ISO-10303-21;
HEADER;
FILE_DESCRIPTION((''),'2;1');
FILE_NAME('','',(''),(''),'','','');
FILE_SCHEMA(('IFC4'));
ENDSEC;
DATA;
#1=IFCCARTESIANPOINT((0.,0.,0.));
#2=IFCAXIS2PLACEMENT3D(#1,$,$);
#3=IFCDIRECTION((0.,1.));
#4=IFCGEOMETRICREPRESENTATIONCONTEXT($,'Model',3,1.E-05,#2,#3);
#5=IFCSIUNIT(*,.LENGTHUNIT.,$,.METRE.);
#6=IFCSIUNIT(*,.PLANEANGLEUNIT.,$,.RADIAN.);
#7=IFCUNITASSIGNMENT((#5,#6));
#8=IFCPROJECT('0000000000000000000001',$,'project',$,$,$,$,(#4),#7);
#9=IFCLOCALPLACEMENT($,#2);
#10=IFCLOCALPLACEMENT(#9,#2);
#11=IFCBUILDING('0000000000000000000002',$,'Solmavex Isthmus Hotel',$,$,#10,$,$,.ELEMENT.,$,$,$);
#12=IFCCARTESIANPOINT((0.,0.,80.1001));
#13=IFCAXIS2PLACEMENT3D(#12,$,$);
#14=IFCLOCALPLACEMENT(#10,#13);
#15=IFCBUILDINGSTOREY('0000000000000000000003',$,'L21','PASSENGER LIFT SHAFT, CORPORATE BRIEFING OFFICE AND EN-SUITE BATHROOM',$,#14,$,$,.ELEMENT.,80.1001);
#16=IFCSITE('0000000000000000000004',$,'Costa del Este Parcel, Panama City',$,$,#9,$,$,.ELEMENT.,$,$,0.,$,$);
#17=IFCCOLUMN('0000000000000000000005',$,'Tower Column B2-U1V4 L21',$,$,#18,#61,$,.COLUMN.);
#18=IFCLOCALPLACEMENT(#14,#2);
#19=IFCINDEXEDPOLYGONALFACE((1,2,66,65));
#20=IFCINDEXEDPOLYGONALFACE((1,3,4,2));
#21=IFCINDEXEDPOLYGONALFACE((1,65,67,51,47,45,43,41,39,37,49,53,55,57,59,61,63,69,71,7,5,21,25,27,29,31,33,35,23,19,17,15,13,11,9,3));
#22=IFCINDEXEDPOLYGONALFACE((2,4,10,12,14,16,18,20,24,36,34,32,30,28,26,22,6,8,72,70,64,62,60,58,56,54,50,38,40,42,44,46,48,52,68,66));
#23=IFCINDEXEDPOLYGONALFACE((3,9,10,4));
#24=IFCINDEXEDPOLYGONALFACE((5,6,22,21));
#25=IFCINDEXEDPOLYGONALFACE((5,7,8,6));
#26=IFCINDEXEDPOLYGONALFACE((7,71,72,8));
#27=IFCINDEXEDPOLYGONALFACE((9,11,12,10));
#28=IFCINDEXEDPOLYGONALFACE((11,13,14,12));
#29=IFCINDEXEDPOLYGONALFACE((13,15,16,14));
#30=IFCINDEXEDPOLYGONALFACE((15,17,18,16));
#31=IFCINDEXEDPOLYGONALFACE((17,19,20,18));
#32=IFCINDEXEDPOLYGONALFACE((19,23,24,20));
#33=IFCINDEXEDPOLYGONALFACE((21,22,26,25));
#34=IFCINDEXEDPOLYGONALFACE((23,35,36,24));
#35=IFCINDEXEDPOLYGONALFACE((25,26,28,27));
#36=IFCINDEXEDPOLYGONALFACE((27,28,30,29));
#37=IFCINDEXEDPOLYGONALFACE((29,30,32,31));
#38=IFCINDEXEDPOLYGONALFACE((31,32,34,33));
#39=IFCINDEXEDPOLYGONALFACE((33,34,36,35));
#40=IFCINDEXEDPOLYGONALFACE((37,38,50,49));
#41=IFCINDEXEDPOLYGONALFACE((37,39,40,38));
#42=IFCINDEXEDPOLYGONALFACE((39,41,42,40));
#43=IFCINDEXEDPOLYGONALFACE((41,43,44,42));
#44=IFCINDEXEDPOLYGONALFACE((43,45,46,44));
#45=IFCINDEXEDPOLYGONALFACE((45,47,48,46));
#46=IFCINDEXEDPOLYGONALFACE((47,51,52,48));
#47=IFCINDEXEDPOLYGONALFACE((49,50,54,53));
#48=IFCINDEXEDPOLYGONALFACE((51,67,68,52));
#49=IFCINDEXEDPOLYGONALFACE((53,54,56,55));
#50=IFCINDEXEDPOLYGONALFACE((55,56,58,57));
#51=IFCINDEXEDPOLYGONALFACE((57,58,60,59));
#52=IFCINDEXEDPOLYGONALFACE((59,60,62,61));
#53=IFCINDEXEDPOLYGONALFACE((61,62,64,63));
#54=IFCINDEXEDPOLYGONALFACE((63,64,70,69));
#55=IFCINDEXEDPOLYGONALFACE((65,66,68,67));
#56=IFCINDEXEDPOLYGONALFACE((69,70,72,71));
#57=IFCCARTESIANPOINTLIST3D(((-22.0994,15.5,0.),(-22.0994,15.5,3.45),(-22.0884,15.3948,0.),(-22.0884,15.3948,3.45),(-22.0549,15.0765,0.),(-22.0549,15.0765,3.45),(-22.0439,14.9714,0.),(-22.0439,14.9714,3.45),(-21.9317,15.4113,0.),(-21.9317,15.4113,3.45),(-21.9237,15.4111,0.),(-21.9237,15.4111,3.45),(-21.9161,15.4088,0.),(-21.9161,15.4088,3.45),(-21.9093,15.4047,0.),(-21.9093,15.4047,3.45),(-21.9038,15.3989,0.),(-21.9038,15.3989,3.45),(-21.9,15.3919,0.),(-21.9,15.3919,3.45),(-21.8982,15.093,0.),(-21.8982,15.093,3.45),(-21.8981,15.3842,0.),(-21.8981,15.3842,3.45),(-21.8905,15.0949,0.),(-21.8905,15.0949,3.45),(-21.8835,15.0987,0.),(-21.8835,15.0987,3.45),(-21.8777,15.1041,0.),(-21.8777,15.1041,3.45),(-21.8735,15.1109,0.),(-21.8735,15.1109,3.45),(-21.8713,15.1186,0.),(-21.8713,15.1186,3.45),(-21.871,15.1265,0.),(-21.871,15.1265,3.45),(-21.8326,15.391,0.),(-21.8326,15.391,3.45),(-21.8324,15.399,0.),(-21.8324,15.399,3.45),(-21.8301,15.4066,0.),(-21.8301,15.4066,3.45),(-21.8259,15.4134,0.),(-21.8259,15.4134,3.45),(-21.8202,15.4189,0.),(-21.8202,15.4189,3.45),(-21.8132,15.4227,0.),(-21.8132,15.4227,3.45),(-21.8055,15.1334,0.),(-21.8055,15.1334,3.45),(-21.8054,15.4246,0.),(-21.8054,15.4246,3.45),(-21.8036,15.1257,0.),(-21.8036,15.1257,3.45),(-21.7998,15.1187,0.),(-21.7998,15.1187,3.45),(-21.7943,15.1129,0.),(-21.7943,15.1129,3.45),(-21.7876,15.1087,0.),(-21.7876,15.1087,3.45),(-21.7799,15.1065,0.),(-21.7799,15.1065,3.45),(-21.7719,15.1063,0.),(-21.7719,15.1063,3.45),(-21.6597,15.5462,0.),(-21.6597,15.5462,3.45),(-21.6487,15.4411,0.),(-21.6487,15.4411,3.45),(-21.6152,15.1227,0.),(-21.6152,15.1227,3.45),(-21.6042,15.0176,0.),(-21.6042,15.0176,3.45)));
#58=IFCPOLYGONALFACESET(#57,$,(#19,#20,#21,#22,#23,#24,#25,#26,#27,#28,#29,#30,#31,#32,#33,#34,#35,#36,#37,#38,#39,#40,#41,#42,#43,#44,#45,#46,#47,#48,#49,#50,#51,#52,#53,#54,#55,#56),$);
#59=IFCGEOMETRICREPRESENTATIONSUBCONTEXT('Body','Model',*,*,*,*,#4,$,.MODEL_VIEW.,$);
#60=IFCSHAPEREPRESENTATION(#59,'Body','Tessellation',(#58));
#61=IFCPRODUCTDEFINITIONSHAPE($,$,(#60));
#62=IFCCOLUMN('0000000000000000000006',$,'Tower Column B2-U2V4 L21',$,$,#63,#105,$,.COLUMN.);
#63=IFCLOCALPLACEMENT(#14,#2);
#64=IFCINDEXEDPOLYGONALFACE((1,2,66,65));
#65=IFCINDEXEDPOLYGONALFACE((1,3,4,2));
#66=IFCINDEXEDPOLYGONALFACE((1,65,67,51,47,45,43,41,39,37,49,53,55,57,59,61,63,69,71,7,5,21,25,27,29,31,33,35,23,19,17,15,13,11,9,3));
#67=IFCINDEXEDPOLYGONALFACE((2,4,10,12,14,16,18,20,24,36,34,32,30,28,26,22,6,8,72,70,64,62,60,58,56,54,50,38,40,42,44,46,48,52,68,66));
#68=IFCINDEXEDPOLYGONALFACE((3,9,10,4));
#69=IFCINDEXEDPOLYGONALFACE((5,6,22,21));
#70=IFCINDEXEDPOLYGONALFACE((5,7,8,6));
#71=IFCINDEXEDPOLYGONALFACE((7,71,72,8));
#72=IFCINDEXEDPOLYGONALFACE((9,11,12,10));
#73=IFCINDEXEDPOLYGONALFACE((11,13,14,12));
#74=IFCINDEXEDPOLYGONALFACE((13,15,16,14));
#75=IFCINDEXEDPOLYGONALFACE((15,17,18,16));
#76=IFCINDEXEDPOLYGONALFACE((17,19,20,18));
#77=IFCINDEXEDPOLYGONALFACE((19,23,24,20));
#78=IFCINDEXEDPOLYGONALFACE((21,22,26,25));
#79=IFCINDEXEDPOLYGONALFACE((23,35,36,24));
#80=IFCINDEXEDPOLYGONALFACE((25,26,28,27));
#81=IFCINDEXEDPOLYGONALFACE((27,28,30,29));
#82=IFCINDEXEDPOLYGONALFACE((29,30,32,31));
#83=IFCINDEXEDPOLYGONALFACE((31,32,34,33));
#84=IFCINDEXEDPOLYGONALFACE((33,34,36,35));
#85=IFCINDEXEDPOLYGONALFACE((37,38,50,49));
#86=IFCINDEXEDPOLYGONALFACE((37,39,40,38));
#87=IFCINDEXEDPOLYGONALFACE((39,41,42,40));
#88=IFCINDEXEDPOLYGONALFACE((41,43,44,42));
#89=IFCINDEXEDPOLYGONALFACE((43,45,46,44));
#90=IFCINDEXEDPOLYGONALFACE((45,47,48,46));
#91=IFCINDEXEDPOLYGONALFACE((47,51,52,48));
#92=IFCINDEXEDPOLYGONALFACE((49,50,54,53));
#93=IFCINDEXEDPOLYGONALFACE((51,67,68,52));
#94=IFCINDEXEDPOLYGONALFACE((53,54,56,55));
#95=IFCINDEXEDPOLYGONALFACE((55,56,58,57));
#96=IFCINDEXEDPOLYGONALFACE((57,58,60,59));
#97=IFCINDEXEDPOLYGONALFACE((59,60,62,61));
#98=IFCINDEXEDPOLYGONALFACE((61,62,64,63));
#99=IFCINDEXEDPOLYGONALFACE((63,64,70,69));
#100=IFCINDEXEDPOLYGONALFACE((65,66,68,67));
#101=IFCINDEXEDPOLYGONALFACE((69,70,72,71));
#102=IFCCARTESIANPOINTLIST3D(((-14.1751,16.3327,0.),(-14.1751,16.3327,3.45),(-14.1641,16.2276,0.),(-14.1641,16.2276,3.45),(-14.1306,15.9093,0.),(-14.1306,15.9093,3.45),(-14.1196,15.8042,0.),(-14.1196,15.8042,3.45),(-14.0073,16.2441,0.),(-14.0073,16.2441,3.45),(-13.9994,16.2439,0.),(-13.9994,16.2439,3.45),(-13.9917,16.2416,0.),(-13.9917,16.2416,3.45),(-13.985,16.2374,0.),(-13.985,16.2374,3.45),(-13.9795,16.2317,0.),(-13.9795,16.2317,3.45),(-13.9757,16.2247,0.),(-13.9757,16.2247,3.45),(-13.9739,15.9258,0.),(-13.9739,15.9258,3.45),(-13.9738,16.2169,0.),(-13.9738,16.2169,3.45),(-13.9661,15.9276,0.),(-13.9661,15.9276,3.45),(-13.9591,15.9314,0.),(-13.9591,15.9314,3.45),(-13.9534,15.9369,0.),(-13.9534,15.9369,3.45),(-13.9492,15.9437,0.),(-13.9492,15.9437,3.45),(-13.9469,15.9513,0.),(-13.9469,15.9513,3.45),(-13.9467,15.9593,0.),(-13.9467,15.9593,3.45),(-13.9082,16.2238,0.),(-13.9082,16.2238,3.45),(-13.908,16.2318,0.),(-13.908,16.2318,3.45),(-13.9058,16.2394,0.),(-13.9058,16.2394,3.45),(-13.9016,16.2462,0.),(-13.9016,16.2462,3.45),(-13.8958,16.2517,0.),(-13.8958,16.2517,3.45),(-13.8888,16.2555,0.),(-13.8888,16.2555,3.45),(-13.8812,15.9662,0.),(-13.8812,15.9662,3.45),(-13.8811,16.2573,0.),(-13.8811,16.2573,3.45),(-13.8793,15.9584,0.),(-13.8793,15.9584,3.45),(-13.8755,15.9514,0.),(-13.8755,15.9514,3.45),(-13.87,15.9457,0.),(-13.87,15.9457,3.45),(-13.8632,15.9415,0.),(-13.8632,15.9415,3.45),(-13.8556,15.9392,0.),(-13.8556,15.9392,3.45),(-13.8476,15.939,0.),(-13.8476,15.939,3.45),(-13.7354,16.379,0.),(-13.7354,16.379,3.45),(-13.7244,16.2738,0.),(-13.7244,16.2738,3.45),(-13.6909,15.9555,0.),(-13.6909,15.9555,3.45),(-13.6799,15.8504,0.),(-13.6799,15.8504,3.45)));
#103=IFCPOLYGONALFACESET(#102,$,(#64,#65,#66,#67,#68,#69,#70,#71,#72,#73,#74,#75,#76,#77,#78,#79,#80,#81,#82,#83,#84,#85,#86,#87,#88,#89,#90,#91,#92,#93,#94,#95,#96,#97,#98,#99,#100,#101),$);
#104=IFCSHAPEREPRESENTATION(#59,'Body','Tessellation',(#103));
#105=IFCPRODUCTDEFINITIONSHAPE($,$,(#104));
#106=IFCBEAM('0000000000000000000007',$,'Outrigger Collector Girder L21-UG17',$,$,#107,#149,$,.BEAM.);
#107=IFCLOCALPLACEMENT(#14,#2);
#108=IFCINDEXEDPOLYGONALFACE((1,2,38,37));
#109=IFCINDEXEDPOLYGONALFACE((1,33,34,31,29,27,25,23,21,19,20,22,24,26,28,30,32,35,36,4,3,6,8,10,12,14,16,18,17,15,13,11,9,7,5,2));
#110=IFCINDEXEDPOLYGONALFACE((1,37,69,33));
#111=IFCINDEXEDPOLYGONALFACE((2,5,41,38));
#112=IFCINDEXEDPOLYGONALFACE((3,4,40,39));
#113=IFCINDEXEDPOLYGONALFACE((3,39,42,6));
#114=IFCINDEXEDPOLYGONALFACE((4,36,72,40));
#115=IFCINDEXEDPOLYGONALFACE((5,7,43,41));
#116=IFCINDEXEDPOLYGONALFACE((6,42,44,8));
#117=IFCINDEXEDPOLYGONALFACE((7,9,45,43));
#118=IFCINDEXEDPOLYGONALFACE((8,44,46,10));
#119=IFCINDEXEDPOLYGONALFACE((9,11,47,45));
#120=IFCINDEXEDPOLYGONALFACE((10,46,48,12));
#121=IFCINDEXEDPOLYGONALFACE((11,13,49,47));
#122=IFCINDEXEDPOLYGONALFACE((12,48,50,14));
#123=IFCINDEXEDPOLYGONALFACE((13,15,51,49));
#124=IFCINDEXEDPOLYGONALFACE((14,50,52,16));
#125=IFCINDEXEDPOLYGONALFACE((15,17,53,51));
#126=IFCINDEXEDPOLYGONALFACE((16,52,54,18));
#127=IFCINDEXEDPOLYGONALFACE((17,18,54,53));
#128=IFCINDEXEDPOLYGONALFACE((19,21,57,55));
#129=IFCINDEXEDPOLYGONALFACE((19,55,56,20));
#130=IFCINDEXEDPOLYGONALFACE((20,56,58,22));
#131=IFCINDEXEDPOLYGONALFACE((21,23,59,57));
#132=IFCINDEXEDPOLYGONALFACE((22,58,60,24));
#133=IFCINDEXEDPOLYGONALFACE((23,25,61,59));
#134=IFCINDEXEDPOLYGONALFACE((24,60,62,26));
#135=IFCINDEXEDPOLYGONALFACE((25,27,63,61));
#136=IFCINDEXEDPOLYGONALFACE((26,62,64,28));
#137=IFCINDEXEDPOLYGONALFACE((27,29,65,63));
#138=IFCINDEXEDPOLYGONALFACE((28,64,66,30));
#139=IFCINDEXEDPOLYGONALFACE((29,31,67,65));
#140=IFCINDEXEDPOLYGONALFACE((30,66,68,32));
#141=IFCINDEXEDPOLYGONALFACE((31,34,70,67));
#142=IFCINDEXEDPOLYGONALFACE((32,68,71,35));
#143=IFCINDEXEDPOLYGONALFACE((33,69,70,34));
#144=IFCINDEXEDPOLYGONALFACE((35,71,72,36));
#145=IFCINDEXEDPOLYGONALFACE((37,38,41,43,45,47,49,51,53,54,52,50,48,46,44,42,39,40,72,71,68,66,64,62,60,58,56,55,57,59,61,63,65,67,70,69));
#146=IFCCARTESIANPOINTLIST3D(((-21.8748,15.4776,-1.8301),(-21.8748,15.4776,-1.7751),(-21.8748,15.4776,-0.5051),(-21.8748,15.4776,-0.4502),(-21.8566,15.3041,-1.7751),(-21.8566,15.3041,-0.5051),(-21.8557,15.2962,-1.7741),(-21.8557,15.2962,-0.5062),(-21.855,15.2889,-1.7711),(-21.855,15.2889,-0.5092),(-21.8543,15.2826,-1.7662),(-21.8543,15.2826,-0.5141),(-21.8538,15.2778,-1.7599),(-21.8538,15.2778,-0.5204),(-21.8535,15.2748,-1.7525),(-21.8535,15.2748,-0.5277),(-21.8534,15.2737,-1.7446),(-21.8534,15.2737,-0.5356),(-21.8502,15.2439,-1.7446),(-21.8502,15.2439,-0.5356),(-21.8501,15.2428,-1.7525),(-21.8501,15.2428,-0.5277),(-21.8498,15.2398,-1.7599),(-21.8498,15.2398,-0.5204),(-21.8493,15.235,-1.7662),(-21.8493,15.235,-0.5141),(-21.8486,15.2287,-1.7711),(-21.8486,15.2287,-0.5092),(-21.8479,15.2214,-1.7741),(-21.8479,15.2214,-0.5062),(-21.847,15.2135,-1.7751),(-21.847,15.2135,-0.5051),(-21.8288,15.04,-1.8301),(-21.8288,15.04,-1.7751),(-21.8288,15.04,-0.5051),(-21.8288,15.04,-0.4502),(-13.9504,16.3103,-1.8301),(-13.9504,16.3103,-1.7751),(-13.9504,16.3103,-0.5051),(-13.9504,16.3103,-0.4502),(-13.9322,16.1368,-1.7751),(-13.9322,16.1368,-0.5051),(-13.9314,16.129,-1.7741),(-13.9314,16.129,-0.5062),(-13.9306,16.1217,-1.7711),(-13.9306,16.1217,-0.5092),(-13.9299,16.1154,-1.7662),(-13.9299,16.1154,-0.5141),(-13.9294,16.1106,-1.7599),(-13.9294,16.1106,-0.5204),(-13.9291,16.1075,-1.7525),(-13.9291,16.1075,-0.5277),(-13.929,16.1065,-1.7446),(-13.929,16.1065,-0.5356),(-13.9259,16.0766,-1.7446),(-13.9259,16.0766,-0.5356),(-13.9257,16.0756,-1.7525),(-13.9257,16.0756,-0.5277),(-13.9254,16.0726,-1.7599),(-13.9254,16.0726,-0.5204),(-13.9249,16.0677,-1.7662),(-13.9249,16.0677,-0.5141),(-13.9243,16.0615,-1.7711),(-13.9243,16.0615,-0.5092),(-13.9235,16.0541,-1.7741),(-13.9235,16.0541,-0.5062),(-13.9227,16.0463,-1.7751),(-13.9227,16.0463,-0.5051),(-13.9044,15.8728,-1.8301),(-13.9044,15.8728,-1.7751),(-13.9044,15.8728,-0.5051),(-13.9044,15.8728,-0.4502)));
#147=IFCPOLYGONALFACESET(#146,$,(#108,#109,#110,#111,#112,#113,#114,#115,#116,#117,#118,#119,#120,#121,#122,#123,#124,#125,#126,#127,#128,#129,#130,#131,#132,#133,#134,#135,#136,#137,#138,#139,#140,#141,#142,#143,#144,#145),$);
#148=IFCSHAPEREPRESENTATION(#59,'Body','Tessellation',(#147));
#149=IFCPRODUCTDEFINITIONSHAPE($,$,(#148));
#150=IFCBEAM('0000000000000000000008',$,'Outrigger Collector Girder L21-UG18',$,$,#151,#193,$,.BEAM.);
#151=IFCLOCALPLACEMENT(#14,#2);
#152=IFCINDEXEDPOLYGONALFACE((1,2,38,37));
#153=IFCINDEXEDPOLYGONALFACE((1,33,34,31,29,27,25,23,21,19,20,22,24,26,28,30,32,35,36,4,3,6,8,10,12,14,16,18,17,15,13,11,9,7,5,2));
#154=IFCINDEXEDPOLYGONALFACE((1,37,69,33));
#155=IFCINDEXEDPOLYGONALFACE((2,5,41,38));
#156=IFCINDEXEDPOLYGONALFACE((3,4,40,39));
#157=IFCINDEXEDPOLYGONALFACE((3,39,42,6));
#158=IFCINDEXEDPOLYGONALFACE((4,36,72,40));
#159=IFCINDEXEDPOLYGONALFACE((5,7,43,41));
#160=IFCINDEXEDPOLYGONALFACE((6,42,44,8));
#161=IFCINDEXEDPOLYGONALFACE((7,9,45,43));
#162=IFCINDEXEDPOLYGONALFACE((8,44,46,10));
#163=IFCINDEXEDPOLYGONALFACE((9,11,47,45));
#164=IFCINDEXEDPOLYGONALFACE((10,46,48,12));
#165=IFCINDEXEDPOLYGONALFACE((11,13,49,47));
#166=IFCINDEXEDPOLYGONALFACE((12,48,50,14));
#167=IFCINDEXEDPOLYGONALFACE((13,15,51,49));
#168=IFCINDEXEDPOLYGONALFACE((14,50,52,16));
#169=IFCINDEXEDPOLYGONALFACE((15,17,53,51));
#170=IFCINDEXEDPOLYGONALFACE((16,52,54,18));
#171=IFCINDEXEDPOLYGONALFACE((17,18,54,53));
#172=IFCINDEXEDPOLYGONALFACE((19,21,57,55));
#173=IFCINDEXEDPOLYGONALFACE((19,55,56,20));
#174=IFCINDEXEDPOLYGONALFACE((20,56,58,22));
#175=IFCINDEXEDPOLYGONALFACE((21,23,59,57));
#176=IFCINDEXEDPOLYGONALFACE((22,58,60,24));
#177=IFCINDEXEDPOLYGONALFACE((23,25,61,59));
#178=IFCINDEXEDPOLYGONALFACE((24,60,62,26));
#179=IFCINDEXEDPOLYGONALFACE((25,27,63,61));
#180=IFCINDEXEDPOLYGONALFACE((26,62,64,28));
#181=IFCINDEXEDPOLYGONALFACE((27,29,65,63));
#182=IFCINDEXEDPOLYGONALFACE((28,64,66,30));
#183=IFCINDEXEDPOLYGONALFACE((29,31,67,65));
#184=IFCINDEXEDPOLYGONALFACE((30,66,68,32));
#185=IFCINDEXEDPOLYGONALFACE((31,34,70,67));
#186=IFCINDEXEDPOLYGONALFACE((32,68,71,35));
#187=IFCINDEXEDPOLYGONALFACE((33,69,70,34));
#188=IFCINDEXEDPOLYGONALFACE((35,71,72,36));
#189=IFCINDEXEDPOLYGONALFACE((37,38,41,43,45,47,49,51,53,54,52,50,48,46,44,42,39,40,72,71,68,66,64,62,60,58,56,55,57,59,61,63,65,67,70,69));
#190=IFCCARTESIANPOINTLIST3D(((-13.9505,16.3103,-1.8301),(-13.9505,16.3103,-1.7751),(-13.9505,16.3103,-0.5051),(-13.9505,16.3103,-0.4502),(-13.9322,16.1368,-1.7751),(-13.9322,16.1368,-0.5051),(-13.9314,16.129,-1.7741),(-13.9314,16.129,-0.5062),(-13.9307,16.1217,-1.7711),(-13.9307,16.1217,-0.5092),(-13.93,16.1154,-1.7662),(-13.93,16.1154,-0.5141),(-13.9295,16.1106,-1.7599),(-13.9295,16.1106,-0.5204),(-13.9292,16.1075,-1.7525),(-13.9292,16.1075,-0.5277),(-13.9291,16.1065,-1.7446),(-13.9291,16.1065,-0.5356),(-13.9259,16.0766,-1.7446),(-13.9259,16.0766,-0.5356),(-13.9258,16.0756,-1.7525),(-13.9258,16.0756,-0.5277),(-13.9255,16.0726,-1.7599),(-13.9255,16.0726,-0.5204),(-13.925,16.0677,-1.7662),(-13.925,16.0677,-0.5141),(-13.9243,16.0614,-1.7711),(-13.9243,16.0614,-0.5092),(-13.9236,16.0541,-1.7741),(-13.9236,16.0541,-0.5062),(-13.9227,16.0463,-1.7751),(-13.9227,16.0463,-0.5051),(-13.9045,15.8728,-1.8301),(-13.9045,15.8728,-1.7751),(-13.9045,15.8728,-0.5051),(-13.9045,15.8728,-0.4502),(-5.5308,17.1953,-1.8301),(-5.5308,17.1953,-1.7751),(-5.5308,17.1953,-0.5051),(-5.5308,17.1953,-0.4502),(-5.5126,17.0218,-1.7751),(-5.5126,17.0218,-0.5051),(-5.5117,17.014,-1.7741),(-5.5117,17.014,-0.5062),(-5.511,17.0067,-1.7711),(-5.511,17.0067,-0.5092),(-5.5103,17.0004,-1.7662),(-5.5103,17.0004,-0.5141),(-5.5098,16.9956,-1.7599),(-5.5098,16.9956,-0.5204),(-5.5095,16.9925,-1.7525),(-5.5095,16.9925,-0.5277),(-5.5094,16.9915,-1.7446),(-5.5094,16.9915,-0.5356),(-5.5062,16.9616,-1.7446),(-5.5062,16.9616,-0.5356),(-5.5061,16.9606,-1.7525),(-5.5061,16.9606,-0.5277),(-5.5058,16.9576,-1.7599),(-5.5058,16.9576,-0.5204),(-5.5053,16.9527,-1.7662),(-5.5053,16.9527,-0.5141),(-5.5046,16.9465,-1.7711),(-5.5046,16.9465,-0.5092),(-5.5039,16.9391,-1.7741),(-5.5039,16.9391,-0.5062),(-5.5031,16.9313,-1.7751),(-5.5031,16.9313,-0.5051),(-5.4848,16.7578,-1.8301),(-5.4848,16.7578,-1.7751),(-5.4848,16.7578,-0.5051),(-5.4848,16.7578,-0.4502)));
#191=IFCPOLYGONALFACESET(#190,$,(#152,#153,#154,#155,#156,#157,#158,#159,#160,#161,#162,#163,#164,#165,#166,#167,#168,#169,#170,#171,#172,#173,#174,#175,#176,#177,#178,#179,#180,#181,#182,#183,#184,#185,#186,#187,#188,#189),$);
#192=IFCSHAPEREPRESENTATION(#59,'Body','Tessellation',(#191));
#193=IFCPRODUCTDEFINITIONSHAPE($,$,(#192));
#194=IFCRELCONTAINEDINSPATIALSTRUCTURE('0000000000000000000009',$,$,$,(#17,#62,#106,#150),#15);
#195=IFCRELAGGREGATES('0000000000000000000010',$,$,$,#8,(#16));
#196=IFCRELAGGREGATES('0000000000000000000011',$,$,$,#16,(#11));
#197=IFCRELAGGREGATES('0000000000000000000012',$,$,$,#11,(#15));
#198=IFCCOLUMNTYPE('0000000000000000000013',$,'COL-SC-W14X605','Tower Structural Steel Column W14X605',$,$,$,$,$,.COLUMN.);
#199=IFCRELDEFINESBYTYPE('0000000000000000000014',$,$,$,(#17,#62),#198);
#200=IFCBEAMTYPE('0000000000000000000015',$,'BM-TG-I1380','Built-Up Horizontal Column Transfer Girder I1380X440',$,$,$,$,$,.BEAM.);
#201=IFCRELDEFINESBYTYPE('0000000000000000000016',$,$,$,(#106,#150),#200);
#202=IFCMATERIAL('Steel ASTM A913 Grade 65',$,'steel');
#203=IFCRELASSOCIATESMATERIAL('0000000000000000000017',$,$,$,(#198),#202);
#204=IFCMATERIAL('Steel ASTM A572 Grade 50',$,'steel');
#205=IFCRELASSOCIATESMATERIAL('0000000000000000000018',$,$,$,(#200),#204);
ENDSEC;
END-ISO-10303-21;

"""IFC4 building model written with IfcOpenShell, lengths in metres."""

from ifc_helpers import new_model, si_unit, direction, frame, origin, origin_2d, place, context, subcontext, project, spatial, i_section, extrude, material, material_profile, profile_set, type_object, element, save


model = new_model("IFC4")

# Units and contexts
model_context = context("Model", 3, precision=1e-05, world=origin(), true_north=direction((0.0, 1.0)))
body_context = subcontext(model_context, "Body", "Model", "MODEL_VIEW")
ifc_project = project(units=[si_unit("LENGTHUNIT", "METRE"), si_unit("PLANEANGLEUNIT", "RADIAN")], contexts=[model_context])

# Site, building, storey
site_placement = place(None, origin())
site = spatial("IfcSite", under=ifc_project, at=site_placement, Name="Costa del Este Parcel, Panama City", CompositionType="ELEMENT", RefElevation=0.0)
building_placement = place(site_placement, origin())
building = spatial("IfcBuilding", under=site, at=building_placement, Name="Solmavex Isthmus Hotel", CompositionType="ELEMENT")
storey_placement = place(building_placement, frame((0.0, 0.0, 80.1001)))
storey = spatial("IfcBuildingStorey", under=building, at=storey_placement, Name="L21", Description="PASSENGER LIFT SHAFT, CORPORATE BRIEFING OFFICE AND EN-SUITE BATHROOM", CompositionType="ELEMENT", Elevation=80.1001)

# Columns
ifc_material_1 = material(Name="Steel ASTM A913 Grade 65", Category="steel")
ifc_material_profile_1 = material_profile(ifc_material_1, i_section(OverallWidth=0.4421, OverallDepth=0.5315, WebThickness=0.0659, FlangeThickness=0.1057, FilletRadius=0.0305, at=origin_2d()), Name="W14X605")
ifc_profile_set_1 = profile_set([ifc_material_profile_1], Name="Steel ASTM A913 Grade 65")
column_type = type_object("IfcColumnType", Name="COL-SC-W14X605", Description="Tower Structural Steel Column W14X605", PredefinedType="COLUMN", material=ifc_profile_set_1)
for number, where, z_axis, x_axis, name in (
    (1, (-21.8518, 15.2588, 0.0), (0.0, 0.0, 1.0), (0.994522, 0.104528, 0.0), "Tower Column B2-U1V4 L21"),
    (2, (-13.9275, 16.0916, 0.0), (0.0, 0.0, 1.0), (0.994522, 0.104528, 0.0), "Tower Column B2-U2V4 L21"),
):
    element("IfcColumn", number, at=place(storey_placement, frame(where, z_axis=z_axis, x_axis=x_axis)), inside=storey, type_object=column_type, Name=name, PredefinedType="COLUMN", context=body_context, shape_type="SweptSolid", body=[
        extrude(i_section(OverallWidth=0.4421, OverallDepth=0.5315, WebThickness=0.0659, FlangeThickness=0.1057, FilletRadius=0.0305, at=origin_2d()), origin(), (0.0, 0.0, 1.0), 3.45),
    ])

# Beams
ifc_material_2 = material(Name="Steel ASTM A572 Grade 50", Category="steel")
ifc_material_profile_2 = material_profile(ifc_material_2, i_section(OverallWidth=0.4399, OverallDepth=1.3799, WebThickness=0.03, FlangeThickness=0.0549, FilletRadius=0.0305, at=origin_2d()), Name="I1380X440")
ifc_profile_set_2 = profile_set([ifc_material_profile_2], Name="Steel ASTM A572 Grade 50")
beam_type = type_object("IfcBeamType", Name="BM-TG-I1380", Description="Built-Up Horizontal Column Transfer Girder I1380X440", PredefinedType="BEAM", material=ifc_profile_set_2)
beam_1_placement = place(storey_placement, frame((-21.8518, 15.2588, -1.1401), z_axis=(0.994523, 0.104514, 0.0), x_axis=(-0.104514, 0.994523, 0.0)))
element("IfcBeam", 3, at=beam_1_placement, inside=storey, type_object=beam_type, Name="Outrigger Collector Girder L21-UG17", PredefinedType="BEAM", context=body_context, shape_type="SweptSolid", body=[
    extrude(i_section(OverallWidth=0.4399, OverallDepth=1.3799, WebThickness=0.03, FlangeThickness=0.0549, FilletRadius=0.0305, at=origin_2d()), origin(), (0.0, 0.0, 1.0), 7.968),
])
beam_2_placement = place(storey_placement, frame((-13.9275, 16.0916, -1.1401), z_axis=(0.994521, 0.104536, 0.0), x_axis=(-0.104536, 0.994521, 0.0)))
element("IfcBeam", 4, at=beam_2_placement, inside=storey, type_object=beam_type, Name="Outrigger Collector Girder L21-UG18", PredefinedType="BEAM", context=body_context, shape_type="SweptSolid", body=[
    extrude(i_section(OverallWidth=0.4399, OverallDepth=1.3799, WebThickness=0.03, FlangeThickness=0.0549, FilletRadius=0.0305, at=origin_2d()), origin(), (0.0, 0.0, 1.0), 8.4661),
])

save(model, "model.ifc")
